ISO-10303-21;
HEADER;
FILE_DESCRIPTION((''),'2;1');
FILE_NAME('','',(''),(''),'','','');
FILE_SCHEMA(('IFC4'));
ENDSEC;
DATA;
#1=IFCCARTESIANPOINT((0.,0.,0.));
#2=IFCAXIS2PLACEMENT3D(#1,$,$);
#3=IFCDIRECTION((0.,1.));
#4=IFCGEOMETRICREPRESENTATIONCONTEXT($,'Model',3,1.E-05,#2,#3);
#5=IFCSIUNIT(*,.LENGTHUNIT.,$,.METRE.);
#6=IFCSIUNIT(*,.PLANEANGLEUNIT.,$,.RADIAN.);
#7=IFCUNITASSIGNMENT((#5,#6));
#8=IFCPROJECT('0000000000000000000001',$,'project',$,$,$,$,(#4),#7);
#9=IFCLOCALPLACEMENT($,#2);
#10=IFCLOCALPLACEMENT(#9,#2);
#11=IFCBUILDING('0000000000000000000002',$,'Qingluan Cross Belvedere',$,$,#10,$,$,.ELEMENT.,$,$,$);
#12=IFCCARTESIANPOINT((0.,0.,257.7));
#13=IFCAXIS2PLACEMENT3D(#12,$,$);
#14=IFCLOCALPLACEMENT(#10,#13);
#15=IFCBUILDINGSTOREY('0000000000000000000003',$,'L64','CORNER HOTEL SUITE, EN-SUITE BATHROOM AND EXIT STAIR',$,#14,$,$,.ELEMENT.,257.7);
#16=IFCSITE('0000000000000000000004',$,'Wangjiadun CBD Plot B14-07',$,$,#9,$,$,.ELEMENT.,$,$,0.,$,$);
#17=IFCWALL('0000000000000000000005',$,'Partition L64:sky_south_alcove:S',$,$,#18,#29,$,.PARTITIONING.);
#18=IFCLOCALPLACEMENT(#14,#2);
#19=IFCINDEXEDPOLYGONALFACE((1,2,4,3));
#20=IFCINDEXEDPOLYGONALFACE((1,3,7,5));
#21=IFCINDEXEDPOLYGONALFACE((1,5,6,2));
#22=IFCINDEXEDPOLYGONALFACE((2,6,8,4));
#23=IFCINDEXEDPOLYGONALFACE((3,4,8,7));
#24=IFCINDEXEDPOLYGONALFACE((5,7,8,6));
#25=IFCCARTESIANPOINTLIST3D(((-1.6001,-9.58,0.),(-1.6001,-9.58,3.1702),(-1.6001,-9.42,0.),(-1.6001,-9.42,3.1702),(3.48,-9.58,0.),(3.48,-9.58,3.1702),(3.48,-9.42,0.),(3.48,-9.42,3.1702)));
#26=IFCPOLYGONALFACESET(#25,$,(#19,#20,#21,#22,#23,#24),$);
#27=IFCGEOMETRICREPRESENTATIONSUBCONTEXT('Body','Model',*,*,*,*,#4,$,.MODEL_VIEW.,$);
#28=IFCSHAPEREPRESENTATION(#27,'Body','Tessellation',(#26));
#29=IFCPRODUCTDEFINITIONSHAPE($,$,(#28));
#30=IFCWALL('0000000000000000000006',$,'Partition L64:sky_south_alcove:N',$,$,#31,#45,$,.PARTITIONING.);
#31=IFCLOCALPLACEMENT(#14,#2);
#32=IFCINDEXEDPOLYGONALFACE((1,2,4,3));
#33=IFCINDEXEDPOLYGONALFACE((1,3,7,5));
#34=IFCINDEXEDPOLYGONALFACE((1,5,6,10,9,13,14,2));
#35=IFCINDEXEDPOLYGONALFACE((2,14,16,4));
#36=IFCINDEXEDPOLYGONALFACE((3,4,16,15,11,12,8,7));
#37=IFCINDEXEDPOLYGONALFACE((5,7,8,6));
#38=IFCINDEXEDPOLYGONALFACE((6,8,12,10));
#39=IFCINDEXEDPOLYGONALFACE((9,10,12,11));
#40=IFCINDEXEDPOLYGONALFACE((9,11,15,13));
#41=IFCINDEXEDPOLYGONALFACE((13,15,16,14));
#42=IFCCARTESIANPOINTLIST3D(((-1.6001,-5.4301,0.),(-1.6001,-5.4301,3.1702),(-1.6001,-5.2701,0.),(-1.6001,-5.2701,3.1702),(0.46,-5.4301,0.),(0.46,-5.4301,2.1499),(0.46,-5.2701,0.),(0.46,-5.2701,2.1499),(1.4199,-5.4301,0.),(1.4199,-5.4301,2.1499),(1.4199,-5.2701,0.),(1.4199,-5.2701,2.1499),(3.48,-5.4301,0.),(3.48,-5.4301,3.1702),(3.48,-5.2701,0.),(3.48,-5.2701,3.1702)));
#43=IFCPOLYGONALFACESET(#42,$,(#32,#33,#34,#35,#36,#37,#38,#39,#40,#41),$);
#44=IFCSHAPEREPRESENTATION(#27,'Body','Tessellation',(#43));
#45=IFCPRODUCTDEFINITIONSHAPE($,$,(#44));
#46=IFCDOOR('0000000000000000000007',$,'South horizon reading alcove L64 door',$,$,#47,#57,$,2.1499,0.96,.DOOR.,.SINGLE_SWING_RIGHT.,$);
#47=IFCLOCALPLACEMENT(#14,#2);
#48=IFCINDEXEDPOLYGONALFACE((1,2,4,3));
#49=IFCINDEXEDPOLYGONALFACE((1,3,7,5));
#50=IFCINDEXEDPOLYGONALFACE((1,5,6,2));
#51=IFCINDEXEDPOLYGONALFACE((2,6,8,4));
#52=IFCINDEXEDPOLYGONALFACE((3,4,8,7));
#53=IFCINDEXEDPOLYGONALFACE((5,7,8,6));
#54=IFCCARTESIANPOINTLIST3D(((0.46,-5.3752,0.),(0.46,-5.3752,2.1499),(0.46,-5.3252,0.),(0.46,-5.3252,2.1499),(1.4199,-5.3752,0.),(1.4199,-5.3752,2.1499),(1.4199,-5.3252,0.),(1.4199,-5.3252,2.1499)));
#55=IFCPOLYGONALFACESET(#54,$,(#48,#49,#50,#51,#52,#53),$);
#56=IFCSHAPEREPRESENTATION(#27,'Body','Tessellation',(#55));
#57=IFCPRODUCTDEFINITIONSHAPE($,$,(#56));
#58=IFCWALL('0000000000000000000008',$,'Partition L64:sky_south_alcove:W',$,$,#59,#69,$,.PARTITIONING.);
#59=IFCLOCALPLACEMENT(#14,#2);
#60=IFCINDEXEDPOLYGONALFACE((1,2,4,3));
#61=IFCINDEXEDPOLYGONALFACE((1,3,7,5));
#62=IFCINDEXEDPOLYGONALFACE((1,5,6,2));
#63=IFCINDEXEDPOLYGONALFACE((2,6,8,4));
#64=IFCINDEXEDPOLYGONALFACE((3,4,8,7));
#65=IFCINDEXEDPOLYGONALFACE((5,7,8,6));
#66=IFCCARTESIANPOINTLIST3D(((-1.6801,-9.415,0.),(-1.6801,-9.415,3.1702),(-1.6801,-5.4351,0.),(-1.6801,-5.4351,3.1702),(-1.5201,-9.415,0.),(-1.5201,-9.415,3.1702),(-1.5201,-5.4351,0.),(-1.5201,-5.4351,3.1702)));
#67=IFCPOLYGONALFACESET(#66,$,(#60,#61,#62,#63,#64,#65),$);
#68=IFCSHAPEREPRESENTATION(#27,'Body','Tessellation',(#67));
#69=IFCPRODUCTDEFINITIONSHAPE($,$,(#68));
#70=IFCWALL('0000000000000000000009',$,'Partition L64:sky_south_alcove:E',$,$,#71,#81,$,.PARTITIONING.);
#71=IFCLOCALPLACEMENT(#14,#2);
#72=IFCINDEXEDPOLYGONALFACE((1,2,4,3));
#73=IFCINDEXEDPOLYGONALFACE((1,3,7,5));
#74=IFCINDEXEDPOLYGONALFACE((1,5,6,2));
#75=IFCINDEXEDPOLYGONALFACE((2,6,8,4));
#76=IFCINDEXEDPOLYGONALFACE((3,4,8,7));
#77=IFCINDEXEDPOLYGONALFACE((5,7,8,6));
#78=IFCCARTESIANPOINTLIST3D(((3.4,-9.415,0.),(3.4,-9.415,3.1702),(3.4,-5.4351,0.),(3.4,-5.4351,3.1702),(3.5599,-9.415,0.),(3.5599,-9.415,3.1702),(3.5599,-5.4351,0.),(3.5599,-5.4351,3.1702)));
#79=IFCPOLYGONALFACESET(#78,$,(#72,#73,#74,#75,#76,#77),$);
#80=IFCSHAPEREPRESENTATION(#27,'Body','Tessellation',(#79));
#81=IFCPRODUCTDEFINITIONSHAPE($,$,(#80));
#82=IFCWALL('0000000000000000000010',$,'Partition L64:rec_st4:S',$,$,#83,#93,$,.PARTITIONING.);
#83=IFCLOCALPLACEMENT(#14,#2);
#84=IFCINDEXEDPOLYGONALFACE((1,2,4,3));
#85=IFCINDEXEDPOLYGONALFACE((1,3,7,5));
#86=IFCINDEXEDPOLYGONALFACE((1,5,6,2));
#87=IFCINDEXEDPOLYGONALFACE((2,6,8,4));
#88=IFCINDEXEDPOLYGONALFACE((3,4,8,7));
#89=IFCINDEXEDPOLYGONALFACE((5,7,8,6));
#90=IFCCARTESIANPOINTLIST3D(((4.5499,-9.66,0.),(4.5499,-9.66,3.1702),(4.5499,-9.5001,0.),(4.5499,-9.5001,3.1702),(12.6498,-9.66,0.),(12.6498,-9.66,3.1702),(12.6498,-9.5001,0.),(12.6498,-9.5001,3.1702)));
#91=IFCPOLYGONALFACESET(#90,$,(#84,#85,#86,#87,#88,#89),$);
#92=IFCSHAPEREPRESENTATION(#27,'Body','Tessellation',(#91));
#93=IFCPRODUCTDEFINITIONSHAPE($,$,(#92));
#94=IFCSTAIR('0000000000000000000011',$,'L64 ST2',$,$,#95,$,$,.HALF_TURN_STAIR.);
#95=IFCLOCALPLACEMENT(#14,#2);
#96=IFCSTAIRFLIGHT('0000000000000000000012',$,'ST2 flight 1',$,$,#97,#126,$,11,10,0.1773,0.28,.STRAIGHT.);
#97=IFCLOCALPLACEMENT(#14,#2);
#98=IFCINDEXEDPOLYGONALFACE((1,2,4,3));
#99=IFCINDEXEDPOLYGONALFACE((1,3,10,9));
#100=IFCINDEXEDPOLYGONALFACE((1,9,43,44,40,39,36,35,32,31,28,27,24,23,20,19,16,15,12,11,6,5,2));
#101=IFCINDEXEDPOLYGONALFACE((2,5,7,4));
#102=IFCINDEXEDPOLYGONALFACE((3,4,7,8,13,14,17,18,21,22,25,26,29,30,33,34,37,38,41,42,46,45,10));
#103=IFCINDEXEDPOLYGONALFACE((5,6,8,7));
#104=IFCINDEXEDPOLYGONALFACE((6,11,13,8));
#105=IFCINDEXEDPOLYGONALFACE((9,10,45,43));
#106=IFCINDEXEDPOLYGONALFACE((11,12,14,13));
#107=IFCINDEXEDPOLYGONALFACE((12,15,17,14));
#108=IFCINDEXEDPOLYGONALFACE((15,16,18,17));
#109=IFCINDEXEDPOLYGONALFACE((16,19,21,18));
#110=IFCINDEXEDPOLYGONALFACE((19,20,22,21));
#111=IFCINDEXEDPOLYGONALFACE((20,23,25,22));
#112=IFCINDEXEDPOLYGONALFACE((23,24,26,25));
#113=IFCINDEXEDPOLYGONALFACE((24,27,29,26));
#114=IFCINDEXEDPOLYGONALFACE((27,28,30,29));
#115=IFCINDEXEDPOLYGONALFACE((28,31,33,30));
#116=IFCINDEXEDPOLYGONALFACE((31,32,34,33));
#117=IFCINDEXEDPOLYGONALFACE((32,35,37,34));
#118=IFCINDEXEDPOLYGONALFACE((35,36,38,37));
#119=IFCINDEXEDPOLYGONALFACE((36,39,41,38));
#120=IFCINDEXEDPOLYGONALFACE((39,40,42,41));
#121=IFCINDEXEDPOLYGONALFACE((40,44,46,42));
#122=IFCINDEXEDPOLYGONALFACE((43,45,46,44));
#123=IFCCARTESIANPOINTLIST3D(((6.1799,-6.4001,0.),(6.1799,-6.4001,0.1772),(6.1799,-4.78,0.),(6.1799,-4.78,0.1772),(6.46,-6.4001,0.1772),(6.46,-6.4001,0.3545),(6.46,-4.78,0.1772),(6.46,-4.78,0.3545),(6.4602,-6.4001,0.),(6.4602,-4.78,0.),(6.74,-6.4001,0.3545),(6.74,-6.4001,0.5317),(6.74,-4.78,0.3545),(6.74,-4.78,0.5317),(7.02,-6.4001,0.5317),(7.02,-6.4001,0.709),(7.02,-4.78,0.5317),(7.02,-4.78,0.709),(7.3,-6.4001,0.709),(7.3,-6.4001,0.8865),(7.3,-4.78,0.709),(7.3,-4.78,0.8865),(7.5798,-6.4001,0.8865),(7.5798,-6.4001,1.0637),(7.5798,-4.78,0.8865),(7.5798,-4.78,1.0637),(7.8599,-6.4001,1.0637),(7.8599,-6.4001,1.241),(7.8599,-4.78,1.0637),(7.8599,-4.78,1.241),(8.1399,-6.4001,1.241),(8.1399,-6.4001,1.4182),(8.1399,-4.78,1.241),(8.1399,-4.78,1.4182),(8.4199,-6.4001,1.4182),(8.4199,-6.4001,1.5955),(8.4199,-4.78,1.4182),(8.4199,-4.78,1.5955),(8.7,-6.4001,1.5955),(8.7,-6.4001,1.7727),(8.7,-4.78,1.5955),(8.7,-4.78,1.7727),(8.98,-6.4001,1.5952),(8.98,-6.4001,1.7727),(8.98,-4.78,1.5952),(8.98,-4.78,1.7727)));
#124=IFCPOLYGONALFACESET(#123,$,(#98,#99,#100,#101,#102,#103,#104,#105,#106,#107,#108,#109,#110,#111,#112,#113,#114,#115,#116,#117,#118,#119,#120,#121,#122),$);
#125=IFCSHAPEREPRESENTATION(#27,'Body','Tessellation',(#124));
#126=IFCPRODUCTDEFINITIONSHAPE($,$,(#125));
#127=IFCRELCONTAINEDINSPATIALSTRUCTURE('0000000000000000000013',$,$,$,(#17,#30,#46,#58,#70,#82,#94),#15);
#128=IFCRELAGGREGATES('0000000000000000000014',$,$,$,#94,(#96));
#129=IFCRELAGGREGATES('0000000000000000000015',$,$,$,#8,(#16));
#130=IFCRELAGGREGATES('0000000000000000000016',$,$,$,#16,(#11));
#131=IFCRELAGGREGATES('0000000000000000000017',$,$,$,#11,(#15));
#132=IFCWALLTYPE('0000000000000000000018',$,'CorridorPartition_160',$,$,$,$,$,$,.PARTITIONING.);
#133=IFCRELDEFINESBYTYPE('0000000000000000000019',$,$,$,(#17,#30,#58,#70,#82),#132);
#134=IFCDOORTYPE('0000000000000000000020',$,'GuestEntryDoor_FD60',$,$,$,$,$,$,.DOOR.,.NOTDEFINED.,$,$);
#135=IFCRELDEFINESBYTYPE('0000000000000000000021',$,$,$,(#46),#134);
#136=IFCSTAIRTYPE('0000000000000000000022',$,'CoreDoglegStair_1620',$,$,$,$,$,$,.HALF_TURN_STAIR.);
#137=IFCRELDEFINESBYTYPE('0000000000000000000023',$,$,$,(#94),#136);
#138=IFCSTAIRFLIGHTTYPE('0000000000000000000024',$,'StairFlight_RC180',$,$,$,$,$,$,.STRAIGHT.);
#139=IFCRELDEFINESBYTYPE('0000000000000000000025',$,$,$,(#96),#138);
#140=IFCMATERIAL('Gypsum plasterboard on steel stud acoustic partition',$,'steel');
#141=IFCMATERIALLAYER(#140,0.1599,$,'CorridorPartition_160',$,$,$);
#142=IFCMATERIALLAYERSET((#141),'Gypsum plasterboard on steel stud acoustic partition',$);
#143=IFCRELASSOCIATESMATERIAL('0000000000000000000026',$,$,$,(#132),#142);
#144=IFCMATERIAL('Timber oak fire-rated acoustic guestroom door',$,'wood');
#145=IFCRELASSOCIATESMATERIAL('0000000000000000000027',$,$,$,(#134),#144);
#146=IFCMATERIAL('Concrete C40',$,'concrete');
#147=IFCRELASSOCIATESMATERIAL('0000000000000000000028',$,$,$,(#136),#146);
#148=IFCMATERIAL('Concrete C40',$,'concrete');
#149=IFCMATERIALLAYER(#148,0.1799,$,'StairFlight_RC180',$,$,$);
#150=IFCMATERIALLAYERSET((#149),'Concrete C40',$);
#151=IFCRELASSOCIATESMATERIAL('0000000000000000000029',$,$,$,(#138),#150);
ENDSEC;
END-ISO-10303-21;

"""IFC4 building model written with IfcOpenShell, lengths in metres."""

from ifc_helpers import new_model, si_unit, direction, frame, frame_2d, origin, place, context, subcontext, project, spatial, polyline, rectangle, outline, extrude, material, layer, layer_set, type_object, element, fill, aggregate, save


model = new_model("IFC4")

# Units and contexts
model_context = context("Model", 3, precision=1e-05, world=origin(), true_north=direction((0.0, 1.0)))
body_context = subcontext(model_context, "Body", "Model", "MODEL_VIEW")
ifc_project = project(units=[si_unit("LENGTHUNIT", "METRE"), si_unit("PLANEANGLEUNIT", "RADIAN")], contexts=[model_context])

# Site, building, storey
site_placement = place(None, origin())
site = spatial("IfcSite", under=ifc_project, at=site_placement, Name="Wangjiadun CBD Plot B14-07", CompositionType="ELEMENT", RefElevation=0.0)
building_placement = place(site_placement, origin())
building = spatial("IfcBuilding", under=site, at=building_placement, Name="Qingluan Cross Belvedere", CompositionType="ELEMENT")
storey_placement = place(building_placement, frame((0.0, 0.0, 257.7)))
storey = spatial("IfcBuildingStorey", under=building, at=storey_placement, Name="L64", Description="CORNER HOTEL SUITE, EN-SUITE BATHROOM AND EXIT STAIR", CompositionType="ELEMENT", Elevation=257.7)

# Shared definitions
ifc_material_1 = material(Name="Gypsum plasterboard on steel stud acoustic partition", Category="steel")
ifc_layer_1 = layer(ifc_material_1, 0.1599, Name="CorridorPartition_160")
ifc_layer_set_1 = layer_set([ifc_layer_1], Name="Gypsum plasterboard on steel stud acoustic partition")
wall_type_1 = type_object("IfcWallType", Name="CorridorPartition_160", PredefinedType="PARTITIONING", material=ifc_layer_set_1)
ifc_material_2 = material(Name="Timber oak fire-rated acoustic guestroom door", Category="wood")
door_type_1 = type_object("IfcDoorType", Name="GuestEntryDoor_FD60", OperationType="NOTDEFINED", PredefinedType="DOOR", material=ifc_material_2)

# Wall
wall_1_placement = place(storey_placement, frame((-1.6001, -9.5, 0.0), z_axis=(0.0, 0.0, 1.0), x_axis=(1.0, 0.0, 0.0)))
element("IfcWall", 1, at=wall_1_placement, inside=storey, type_object=wall_type_1, Name="Partition L64:sky_south_alcove:S", PredefinedType="PARTITIONING", context=body_context, shape_type="SweptSolid", body=[
    extrude(rectangle(XDim=5.0801, YDim=0.1599, at=frame_2d((2.54, 0.0))), origin(), (0.0, 0.0, 1.0), 3.1702),
])

# Wall, opening, door
wall_2_placement = place(storey_placement, frame((-1.6001, -5.3501, 0.0), z_axis=(0.0, 0.0, 1.0), x_axis=(1.0, 0.0, 0.0)))
wall_2 = element("IfcWall", 2, at=wall_2_placement, inside=storey, type_object=wall_type_1, Name="Partition L64:sky_south_alcove:N", PredefinedType="PARTITIONING", context=body_context, shape_type="SweptSolid", body=[
    extrude(rectangle(XDim=5.0801, YDim=0.1599, at=frame_2d((2.54, 0.0))), origin(), (0.0, 0.0, 1.0), 3.1702),
])
opening_1_placement = place(wall_2_placement, frame((2.0601, 0.0, 0.0)))
opening_1 = element("IfcOpeningElement", 3, at=opening_1_placement, cuts=wall_2, PredefinedType="OPENING", context=body_context, shape_type="SweptSolid", body=[
    extrude(rectangle(XDim=0.96, YDim=2.1499, at=frame_2d((0.48, 1.075))), frame((0.0, 0.0898, 0.0), z_axis=(0.0, -1.0, 0.0), x_axis=(1.0, 0.0, 0.0)), (0.0, 0.0, 1.0), 0.1799),
])
door_1_placement = place(opening_1_placement, origin())
door_1 = element("IfcDoor", 4, at=door_1_placement, inside=storey, type_object=door_type_1, Name="South horizon reading alcove L64 door", OperationType="SINGLE_SWING_RIGHT", OverallHeight=2.1499, OverallWidth=0.96, PredefinedType="DOOR", context=body_context, shape_type="SweptSolid", body=[
    extrude(rectangle(XDim=0.96, YDim=2.1499, at=frame_2d((0.48, 1.075))), frame((0.0, 0.0249, 0.0), z_axis=(0.0, -1.0, 0.0), x_axis=(1.0, 0.0, 0.0)), (0.0, 0.0, 1.0), 0.05),
])
fill(opening_1, door_1)

# Walls
for number, where, z_axis, x_axis, name in (
    (5, (-1.6001, -9.415, 0.0), (0.0, 0.0, 1.0), (0.0, 1.0, 0.0), "Partition L64:sky_south_alcove:W"),
    (6, (3.48, -9.415, 0.0), (0.0, 0.0, 1.0), (0.0, 1.0, 0.0), "Partition L64:sky_south_alcove:E"),
):
    element("IfcWall", number, at=place(storey_placement, frame(where, z_axis=z_axis, x_axis=x_axis)), inside=storey, type_object=wall_type_1, Name=name, PredefinedType="PARTITIONING", context=body_context, shape_type="SweptSolid", body=[
        extrude(rectangle(XDim=3.98, YDim=0.1599, at=frame_2d((1.99, 0.0))), origin(), (0.0, 0.0, 1.0), 3.1702),
    ])
wall_3_placement = place(storey_placement, frame((4.55, -9.5801, 0.0), z_axis=(0.0, 0.0, 1.0), x_axis=(1.0, 0.0, 0.0)))
element("IfcWall", 7, at=wall_3_placement, inside=storey, type_object=wall_type_1, Name="Partition L64:rec_st4:S", PredefinedType="PARTITIONING", context=body_context, shape_type="SweptSolid", body=[
    extrude(rectangle(XDim=8.0999, YDim=0.1599, at=frame_2d((4.0498, 0.0))), origin(), (0.0, 0.0, 1.0), 3.1702),
])

# Stair, stair flight
ifc_material_3 = material(Name="Concrete C40", Category="concrete")
stair_type = type_object("IfcStairType", Name="CoreDoglegStair_1620", PredefinedType="HALF_TURN_STAIR", material=ifc_material_3)
stair_placement = place(storey_placement, origin())
stair = element("IfcStair", 8, at=stair_placement, inside=storey, type_object=stair_type, Name="L64 ST2", PredefinedType="HALF_TURN_STAIR")
ifc_material_4 = material(Name="Concrete C40", Category="concrete")
ifc_layer_2 = layer(ifc_material_4, 0.1799, Name="StairFlight_RC180")
ifc_layer_set_2 = layer_set([ifc_layer_2], Name="Concrete C40")
stair_flight_type = type_object("IfcStairFlightType", Name="StairFlight_RC180", PredefinedType="STRAIGHT", material=ifc_layer_set_2)
stair_flight_placement = place(storey_placement, frame((6.1799, -5.5901, 0.0), z_axis=(0.0, 0.0, 1.0), x_axis=(1.0, 0.0, 0.0)))
stair_flight = element("IfcStairFlight", 9, at=stair_flight_placement, type_object=stair_flight_type, Name="ST2 flight 1", NumberOfRisers=11, NumberOfTreads=10, PredefinedType="STRAIGHT", RiserHeight=0.1773, TreadLength=0.28, context=body_context, shape_type="SweptSolid", body=[
    extrude(outline(polyline([(0.0, 0.0), (0.0, 0.1772), (0.28, 0.1772), (0.28, 0.3545), (0.5601, 0.3545), (0.5601, 0.5317), (0.8401, 0.5317), (0.8401, 0.709), (1.1201, 0.709), (1.1201, 0.8865), (1.3999, 0.8865), (1.3999, 1.0637), (1.6799, 1.0637), (1.6799, 1.241), (1.96, 1.241), (1.96, 1.4182), (2.24, 1.4182), (2.24, 1.5955), (2.52, 1.5955), (2.52, 1.7727), (2.8, 1.7727), (2.8, 1.95), (2.8, 1.5952), (0.2803, 0.0), (0.0, 0.0)])), frame((0.0, 0.8101, 0.0), z_axis=(0.0, -1.0, 0.0), x_axis=(1.0, 0.0, 0.0)), (0.0, 0.0, 1.0), 1.6201),
])
aggregate(stair, [stair_flight])

save(model, "model.ifc")
